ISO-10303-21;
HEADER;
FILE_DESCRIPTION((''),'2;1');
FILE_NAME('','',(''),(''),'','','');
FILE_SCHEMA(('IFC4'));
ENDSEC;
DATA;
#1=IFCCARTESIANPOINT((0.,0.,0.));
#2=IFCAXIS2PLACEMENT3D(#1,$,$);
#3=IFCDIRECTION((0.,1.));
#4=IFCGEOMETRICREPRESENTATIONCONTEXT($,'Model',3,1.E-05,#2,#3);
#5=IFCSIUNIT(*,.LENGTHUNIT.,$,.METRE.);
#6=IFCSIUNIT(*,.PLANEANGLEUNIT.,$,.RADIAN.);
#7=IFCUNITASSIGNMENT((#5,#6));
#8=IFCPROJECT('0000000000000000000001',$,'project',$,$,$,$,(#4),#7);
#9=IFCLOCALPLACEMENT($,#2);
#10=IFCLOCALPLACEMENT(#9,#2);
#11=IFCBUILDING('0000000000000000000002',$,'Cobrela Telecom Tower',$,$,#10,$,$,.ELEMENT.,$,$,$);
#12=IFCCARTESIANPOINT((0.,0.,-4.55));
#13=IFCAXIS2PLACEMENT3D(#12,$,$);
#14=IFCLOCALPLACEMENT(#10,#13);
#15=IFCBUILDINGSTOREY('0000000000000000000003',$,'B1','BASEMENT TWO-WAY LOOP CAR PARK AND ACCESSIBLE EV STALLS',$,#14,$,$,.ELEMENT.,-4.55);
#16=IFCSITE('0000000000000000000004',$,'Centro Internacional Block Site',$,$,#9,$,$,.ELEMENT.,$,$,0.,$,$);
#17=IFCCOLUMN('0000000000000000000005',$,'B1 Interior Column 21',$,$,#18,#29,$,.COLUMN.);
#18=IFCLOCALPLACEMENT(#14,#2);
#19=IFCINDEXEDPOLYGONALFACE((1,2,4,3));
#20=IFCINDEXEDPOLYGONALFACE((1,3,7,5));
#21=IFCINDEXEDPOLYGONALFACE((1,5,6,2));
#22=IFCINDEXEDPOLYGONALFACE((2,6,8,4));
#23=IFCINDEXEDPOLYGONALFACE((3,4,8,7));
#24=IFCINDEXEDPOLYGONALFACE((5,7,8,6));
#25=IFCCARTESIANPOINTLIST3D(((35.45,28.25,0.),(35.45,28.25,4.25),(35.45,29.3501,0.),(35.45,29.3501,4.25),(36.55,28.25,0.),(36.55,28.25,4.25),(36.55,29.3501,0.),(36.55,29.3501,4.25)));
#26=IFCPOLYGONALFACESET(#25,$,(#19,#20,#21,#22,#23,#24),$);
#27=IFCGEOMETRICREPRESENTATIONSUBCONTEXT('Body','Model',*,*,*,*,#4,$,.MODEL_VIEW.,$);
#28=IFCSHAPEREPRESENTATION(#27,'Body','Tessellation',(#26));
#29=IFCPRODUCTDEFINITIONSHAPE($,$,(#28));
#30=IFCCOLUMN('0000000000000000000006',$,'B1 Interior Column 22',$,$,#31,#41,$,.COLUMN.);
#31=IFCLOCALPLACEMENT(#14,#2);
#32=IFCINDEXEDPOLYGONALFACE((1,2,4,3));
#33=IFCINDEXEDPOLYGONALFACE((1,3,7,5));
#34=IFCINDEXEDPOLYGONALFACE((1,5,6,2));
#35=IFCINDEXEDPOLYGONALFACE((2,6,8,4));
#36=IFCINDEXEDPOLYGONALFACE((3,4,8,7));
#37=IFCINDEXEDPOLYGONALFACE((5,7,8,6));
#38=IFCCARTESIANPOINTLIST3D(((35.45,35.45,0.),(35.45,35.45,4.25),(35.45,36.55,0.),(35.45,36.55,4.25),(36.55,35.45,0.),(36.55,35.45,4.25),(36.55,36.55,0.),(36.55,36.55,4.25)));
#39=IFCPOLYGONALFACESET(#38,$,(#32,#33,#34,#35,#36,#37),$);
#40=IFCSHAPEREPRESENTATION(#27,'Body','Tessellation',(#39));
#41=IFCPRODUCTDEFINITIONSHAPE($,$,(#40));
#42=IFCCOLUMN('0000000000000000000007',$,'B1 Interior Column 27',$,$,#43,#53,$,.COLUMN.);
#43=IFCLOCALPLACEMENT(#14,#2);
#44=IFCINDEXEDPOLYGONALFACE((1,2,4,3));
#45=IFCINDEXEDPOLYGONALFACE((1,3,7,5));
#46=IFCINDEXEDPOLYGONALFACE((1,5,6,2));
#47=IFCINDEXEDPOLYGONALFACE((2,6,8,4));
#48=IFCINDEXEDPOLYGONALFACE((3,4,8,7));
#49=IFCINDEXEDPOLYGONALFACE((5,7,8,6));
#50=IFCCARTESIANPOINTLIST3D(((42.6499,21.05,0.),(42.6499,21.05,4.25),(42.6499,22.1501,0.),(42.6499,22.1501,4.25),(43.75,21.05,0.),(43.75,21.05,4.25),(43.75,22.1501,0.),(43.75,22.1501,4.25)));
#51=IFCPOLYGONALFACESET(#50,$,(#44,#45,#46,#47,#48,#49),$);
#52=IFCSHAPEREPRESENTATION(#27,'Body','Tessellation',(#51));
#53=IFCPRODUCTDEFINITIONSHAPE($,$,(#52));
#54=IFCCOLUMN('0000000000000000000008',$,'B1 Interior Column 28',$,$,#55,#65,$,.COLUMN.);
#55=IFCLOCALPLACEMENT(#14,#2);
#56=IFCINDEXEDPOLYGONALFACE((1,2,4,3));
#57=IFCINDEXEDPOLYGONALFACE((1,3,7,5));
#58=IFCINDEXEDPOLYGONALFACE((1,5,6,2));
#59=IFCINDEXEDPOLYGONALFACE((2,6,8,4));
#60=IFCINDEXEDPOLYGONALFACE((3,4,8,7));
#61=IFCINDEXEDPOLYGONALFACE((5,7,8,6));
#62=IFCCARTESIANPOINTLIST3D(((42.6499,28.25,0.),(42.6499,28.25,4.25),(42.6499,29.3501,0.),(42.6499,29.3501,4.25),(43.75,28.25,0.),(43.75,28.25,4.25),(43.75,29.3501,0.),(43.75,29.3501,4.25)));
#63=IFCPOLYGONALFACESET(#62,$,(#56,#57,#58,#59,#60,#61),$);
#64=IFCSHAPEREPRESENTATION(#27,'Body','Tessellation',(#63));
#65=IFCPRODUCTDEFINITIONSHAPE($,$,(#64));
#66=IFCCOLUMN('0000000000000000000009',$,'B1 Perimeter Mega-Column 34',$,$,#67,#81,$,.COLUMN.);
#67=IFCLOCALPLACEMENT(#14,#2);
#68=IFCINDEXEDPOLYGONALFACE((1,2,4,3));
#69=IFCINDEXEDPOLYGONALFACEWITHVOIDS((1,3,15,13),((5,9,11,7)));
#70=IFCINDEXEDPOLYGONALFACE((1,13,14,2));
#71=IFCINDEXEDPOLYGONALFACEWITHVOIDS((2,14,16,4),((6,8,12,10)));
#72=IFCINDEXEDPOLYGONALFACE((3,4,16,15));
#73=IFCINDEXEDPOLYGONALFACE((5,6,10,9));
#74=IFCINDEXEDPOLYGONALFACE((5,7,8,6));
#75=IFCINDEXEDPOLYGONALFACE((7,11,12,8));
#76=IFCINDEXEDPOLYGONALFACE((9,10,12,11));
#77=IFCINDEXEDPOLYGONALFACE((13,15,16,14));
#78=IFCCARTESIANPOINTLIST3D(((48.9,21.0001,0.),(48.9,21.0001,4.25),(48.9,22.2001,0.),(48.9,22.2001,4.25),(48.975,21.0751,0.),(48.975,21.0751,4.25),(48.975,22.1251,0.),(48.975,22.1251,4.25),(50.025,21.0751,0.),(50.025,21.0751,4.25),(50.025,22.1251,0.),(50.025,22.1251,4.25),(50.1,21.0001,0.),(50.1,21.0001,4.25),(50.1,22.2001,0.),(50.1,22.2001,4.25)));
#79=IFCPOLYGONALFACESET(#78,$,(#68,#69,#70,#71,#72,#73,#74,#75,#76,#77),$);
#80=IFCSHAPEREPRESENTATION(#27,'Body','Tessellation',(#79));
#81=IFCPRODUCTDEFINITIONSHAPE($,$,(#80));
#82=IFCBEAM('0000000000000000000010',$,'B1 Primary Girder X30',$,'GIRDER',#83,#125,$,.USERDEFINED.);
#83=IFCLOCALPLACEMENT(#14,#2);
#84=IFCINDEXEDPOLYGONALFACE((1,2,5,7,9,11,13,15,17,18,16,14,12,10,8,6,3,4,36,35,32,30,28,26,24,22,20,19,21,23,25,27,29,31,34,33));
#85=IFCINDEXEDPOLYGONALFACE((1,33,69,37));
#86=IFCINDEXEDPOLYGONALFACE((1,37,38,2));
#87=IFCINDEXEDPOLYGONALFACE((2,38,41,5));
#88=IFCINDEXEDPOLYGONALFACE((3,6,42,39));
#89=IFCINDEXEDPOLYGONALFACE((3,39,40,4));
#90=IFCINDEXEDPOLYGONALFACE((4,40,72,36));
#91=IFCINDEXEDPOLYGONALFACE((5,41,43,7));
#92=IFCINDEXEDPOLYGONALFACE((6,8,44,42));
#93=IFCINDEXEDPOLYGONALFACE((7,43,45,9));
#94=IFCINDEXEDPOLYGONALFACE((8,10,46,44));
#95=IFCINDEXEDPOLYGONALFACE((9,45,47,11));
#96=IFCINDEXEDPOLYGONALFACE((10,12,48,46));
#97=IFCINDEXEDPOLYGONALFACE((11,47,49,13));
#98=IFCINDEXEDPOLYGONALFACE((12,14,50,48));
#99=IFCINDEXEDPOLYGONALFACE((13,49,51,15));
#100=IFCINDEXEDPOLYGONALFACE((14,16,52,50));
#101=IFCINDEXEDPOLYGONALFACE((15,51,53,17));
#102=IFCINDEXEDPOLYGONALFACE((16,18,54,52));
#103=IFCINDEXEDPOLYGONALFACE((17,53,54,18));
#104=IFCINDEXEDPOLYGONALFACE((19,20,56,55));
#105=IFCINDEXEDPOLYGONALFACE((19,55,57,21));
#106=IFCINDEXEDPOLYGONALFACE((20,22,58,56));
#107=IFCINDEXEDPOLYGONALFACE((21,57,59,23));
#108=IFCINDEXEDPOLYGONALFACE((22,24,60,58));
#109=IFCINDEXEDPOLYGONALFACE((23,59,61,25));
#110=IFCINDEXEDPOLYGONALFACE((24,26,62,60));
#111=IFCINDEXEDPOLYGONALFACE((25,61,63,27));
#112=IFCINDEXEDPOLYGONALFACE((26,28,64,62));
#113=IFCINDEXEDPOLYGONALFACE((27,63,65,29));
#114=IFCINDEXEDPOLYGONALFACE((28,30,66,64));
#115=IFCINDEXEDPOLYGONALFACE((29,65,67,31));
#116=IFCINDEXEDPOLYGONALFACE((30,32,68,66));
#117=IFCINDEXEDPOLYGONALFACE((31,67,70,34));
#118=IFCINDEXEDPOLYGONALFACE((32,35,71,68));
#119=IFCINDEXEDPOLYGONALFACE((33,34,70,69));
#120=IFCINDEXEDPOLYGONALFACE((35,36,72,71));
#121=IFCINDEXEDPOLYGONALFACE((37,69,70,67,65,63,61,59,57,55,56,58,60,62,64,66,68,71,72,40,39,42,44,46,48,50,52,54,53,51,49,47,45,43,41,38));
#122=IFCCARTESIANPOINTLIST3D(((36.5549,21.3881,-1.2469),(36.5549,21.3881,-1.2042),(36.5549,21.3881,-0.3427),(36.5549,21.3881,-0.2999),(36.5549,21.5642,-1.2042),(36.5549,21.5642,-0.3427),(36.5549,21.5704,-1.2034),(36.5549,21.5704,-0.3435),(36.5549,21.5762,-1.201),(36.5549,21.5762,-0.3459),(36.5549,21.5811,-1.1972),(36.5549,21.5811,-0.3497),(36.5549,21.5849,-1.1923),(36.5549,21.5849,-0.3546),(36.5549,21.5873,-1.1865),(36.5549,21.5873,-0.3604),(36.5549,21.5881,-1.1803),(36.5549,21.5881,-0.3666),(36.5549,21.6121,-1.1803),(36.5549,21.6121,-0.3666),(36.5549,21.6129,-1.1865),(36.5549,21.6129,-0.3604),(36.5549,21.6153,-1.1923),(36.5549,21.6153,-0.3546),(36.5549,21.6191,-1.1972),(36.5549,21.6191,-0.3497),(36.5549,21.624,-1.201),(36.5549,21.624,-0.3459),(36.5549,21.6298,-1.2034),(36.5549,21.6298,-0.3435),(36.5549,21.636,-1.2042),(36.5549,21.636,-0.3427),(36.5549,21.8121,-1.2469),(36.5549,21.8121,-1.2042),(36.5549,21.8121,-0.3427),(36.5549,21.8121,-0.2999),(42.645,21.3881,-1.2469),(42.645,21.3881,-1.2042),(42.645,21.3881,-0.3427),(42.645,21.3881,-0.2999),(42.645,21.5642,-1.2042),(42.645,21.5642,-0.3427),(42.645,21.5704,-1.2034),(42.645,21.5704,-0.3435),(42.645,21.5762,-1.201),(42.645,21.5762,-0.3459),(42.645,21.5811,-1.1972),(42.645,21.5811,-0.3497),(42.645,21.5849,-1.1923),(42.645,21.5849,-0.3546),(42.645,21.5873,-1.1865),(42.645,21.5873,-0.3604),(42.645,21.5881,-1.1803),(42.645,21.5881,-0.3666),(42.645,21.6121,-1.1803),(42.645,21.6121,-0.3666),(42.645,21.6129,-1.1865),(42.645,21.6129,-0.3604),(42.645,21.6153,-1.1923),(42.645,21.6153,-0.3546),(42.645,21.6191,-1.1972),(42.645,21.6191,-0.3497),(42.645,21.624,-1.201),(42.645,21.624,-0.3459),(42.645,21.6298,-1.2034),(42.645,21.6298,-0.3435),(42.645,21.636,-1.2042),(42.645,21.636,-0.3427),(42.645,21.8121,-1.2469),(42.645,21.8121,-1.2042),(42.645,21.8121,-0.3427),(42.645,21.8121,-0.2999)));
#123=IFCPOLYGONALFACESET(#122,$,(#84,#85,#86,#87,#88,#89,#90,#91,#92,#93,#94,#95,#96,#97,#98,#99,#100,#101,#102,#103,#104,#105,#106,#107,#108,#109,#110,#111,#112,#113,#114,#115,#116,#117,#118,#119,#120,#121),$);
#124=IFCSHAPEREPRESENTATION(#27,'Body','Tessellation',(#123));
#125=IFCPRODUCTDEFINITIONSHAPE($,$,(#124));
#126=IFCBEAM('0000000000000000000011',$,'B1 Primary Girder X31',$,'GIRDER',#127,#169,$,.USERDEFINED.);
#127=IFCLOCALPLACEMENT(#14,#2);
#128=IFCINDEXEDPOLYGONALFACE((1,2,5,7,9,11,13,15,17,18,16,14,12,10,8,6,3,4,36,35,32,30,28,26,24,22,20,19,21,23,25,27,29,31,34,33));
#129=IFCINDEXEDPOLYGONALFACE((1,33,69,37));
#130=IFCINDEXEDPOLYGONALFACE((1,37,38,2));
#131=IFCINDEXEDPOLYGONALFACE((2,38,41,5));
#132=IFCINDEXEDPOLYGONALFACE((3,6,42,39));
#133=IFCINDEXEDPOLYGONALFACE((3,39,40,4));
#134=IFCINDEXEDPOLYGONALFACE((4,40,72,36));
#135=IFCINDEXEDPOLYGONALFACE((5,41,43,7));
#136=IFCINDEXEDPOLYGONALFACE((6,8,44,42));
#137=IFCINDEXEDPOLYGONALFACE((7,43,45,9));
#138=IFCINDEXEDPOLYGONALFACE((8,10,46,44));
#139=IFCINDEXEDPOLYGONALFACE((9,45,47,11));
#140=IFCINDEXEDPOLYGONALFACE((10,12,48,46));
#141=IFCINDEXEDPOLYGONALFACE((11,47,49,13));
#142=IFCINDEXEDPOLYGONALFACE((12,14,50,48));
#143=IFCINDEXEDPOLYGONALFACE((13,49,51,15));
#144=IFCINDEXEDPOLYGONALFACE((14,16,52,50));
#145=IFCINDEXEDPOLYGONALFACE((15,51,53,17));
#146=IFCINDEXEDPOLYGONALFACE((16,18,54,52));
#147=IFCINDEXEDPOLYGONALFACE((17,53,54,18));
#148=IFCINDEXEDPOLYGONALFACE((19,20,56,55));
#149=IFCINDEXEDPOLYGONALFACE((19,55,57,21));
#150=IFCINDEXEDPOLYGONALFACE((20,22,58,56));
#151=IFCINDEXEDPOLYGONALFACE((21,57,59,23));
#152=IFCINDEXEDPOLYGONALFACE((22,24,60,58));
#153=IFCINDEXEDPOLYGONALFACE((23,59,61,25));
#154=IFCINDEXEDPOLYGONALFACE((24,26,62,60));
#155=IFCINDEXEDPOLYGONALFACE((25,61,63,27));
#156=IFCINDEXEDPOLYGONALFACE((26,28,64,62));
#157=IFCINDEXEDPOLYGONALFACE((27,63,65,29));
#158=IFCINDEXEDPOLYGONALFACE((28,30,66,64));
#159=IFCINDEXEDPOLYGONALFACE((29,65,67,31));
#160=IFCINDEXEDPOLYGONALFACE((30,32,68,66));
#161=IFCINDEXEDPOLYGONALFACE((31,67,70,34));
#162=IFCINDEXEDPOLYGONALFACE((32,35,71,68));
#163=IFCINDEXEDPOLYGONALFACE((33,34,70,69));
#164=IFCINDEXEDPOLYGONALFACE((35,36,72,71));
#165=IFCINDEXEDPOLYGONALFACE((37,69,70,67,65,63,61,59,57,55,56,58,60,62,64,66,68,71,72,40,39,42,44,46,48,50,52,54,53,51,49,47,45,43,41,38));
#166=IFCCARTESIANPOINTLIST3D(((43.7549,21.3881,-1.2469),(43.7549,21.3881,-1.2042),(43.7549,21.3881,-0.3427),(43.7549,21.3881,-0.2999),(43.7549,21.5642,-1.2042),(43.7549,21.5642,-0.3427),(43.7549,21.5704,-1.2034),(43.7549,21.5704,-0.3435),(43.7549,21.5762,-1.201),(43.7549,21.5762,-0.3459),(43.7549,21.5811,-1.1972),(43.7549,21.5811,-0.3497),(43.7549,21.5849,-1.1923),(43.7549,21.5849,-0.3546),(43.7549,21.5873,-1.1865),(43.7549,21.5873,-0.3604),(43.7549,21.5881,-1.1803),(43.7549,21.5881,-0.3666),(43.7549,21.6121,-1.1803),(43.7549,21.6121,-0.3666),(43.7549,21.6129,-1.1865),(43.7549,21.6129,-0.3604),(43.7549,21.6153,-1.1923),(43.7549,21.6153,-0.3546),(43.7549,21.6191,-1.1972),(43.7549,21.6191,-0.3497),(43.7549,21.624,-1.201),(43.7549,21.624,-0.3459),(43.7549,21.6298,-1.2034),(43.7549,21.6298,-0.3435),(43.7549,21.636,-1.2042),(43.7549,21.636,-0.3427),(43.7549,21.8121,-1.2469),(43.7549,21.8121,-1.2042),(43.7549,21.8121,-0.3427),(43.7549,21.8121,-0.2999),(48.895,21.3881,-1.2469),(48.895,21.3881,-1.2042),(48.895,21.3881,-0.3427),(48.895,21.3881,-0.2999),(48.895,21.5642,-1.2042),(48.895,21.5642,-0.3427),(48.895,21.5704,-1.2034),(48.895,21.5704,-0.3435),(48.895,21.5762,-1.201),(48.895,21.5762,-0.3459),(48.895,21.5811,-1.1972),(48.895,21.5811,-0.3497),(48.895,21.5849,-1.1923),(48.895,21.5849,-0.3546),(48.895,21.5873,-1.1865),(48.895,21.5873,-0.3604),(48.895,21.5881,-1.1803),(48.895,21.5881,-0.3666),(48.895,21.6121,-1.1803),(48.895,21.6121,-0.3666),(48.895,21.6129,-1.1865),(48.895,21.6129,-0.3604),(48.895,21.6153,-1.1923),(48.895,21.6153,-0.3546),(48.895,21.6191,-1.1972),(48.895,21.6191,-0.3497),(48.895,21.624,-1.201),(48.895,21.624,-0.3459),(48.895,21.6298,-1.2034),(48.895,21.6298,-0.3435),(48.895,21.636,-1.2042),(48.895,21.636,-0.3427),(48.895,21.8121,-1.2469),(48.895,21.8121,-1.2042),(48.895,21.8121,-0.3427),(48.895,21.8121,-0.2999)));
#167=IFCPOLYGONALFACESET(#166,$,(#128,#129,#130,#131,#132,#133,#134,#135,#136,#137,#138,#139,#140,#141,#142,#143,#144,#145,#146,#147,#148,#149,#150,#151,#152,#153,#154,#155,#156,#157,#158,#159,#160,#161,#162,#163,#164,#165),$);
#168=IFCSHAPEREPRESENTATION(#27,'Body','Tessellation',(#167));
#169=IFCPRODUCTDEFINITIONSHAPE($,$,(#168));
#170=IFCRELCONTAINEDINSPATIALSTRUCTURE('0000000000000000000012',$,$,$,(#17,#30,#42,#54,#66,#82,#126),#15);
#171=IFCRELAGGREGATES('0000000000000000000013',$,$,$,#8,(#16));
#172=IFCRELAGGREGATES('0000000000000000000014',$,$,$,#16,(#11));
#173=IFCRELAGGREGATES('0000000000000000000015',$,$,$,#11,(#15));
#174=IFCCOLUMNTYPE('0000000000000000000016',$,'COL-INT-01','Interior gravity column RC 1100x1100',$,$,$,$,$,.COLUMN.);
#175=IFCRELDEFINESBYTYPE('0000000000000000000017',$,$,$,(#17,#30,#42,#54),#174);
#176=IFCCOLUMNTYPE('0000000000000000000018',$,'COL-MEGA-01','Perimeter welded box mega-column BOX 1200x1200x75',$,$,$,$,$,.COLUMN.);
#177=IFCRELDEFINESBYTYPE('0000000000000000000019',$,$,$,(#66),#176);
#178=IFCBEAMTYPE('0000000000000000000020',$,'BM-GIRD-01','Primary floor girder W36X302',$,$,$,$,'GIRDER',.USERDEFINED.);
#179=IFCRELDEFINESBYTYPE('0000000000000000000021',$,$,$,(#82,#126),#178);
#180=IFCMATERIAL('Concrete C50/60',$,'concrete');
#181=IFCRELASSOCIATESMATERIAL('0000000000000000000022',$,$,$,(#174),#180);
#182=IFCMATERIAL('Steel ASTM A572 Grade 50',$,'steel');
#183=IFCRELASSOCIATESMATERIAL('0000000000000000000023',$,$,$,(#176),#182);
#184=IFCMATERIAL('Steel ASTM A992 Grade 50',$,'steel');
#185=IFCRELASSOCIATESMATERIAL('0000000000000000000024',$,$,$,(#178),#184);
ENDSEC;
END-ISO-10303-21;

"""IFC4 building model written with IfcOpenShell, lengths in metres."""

from ifc_helpers import new_model, si_unit, direction, frame, origin, origin_2d, place, context, subcontext, project, spatial, rectangle, hollow_rectangle, i_section, extrude, material, material_profile, profile_set, type_object, element, save


model = new_model("IFC4")

# Units and contexts
model_context = context("Model", 3, precision=1e-05, world=origin(), true_north=direction((0.0, 1.0)))
body_context = subcontext(model_context, "Body", "Model", "MODEL_VIEW")
ifc_project = project(units=[si_unit("LENGTHUNIT", "METRE"), si_unit("PLANEANGLEUNIT", "RADIAN")], contexts=[model_context])

# Site, building, storey
site_placement = place(None, origin())
site = spatial("IfcSite", under=ifc_project, at=site_placement, Name="Centro Internacional Block Site", CompositionType="ELEMENT", RefElevation=0.0)
building_placement = place(site_placement, origin())
building = spatial("IfcBuilding", under=site, at=building_placement, Name="Cobrela Telecom Tower", CompositionType="ELEMENT")
storey_placement = place(building_placement, frame((0.0, 0.0, -4.55)))
storey = spatial("IfcBuildingStorey", under=building, at=storey_placement, Name="B1", Description="BASEMENT TWO-WAY LOOP CAR PARK AND ACCESSIBLE EV STALLS", CompositionType="ELEMENT", Elevation=-4.55)

# Columns
ifc_material_1 = material(Name="Concrete C50/60", Category="concrete")
ifc_material_profile_1 = material_profile(ifc_material_1, rectangle(XDim=1.1001, YDim=1.1001, at=origin_2d()), Name="RC 1100x1100")
ifc_profile_set_1 = profile_set([ifc_material_profile_1], Name="Concrete C50/60")
column_type_1 = type_object("IfcColumnType", Name="COL-INT-01", Description="Interior gravity column RC 1100x1100", PredefinedType="COLUMN", material=ifc_profile_set_1)
for number, where, z_axis, x_axis, name in (
    (1, (36.0, 28.8, 0.0), (0.0, 0.0, 1.0), (1.0, 0.0, 0.0), "B1 Interior Column 21"),
    (2, (36.0, 36.0, 0.0), (0.0, 0.0, 1.0), (1.0, 0.0, 0.0), "B1 Interior Column 22"),
    (3, (43.2, 21.6001, 0.0), (0.0, 0.0, 1.0), (1.0, 0.0, 0.0), "B1 Interior Column 27"),
    (4, (43.2, 28.8, 0.0), (0.0, 0.0, 1.0), (1.0, 0.0, 0.0), "B1 Interior Column 28"),
):
    element("IfcColumn", number, at=place(storey_placement, frame(where, z_axis=z_axis, x_axis=x_axis)), inside=storey, type_object=column_type_1, Name=name, PredefinedType="COLUMN", context=body_context, shape_type="SweptSolid", body=[
        extrude(rectangle(XDim=1.1001, YDim=1.1001, at=origin_2d()), origin(), (0.0, 0.0, 1.0), 4.25),
    ])
ifc_material_2 = material(Name="Steel ASTM A572 Grade 50", Category="steel")
ifc_material_profile_2 = material_profile(ifc_material_2, hollow_rectangle(XDim=1.2, YDim=1.2, WallThickness=0.075, at=origin_2d()), Name="BOX 1200x1200x75")
ifc_profile_set_2 = profile_set([ifc_material_profile_2], Name="Steel ASTM A572 Grade 50")
column_type_2 = type_object("IfcColumnType", Name="COL-MEGA-01", Description="Perimeter welded box mega-column BOX 1200x1200x75", PredefinedType="COLUMN", material=ifc_profile_set_2)
column_placement = place(storey_placement, frame((49.5, 21.6001, 0.0), z_axis=(0.0, 0.0, 1.0), x_axis=(1.0, 0.0, 0.0)))
element("IfcColumn", 5, at=column_placement, inside=storey, type_object=column_type_2, Name="B1 Perimeter Mega-Column 34", PredefinedType="COLUMN", context=body_context, shape_type="SweptSolid", body=[
    extrude(hollow_rectangle(XDim=1.2, YDim=1.2, WallThickness=0.075, at=origin_2d()), origin(), (0.0, 0.0, 1.0), 4.25),
])

# Beams
ifc_material_3 = material(Name="Steel ASTM A992 Grade 50", Category="steel")
ifc_material_profile_3 = material_profile(ifc_material_3, i_section(OverallWidth=0.4241, OverallDepth=0.947, WebThickness=0.0239, FlangeThickness=0.0427, FilletRadius=0.0239, at=origin_2d()), Name="W36X302")
ifc_profile_set_3 = profile_set([ifc_material_profile_3], Name="Steel ASTM A992 Grade 50")
beam_type_1 = type_object("IfcBeamType", Name="BM-GIRD-01", Description="Primary floor girder W36X302", ElementType="GIRDER", PredefinedType="USERDEFINED", material=ifc_profile_set_3)
beam_1_placement = place(storey_placement, frame((36.5549, 21.6001, -0.7734), z_axis=(1.0, 0.0, 0.0), x_axis=(0.0, 1.0, 0.0)))
element("IfcBeam", 6, at=beam_1_placement, inside=storey, type_object=beam_type_1, Name="B1 Primary Girder X30", ObjectType="GIRDER", PredefinedType="USERDEFINED", context=body_context, shape_type="SweptSolid", body=[
    extrude(i_section(OverallWidth=0.4241, OverallDepth=0.947, WebThickness=0.0239, FlangeThickness=0.0427, FilletRadius=0.0239, at=origin_2d()), origin(), (0.0, 0.0, 1.0), 6.0901),
])
beam_2_placement = place(storey_placement, frame((43.7549, 21.6001, -0.7734), z_axis=(1.0, 0.0, 0.0), x_axis=(0.0, 1.0, 0.0)))
element("IfcBeam", 7, at=beam_2_placement, inside=storey, type_object=beam_type_1, Name="B1 Primary Girder X31", ObjectType="GIRDER", PredefinedType="USERDEFINED", context=body_context, shape_type="SweptSolid", body=[
    extrude(i_section(OverallWidth=0.4241, OverallDepth=0.947, WebThickness=0.0239, FlangeThickness=0.0427, FilletRadius=0.0239, at=origin_2d()), origin(), (0.0, 0.0, 1.0), 5.1401),
])

save(model, "model.ifc")
